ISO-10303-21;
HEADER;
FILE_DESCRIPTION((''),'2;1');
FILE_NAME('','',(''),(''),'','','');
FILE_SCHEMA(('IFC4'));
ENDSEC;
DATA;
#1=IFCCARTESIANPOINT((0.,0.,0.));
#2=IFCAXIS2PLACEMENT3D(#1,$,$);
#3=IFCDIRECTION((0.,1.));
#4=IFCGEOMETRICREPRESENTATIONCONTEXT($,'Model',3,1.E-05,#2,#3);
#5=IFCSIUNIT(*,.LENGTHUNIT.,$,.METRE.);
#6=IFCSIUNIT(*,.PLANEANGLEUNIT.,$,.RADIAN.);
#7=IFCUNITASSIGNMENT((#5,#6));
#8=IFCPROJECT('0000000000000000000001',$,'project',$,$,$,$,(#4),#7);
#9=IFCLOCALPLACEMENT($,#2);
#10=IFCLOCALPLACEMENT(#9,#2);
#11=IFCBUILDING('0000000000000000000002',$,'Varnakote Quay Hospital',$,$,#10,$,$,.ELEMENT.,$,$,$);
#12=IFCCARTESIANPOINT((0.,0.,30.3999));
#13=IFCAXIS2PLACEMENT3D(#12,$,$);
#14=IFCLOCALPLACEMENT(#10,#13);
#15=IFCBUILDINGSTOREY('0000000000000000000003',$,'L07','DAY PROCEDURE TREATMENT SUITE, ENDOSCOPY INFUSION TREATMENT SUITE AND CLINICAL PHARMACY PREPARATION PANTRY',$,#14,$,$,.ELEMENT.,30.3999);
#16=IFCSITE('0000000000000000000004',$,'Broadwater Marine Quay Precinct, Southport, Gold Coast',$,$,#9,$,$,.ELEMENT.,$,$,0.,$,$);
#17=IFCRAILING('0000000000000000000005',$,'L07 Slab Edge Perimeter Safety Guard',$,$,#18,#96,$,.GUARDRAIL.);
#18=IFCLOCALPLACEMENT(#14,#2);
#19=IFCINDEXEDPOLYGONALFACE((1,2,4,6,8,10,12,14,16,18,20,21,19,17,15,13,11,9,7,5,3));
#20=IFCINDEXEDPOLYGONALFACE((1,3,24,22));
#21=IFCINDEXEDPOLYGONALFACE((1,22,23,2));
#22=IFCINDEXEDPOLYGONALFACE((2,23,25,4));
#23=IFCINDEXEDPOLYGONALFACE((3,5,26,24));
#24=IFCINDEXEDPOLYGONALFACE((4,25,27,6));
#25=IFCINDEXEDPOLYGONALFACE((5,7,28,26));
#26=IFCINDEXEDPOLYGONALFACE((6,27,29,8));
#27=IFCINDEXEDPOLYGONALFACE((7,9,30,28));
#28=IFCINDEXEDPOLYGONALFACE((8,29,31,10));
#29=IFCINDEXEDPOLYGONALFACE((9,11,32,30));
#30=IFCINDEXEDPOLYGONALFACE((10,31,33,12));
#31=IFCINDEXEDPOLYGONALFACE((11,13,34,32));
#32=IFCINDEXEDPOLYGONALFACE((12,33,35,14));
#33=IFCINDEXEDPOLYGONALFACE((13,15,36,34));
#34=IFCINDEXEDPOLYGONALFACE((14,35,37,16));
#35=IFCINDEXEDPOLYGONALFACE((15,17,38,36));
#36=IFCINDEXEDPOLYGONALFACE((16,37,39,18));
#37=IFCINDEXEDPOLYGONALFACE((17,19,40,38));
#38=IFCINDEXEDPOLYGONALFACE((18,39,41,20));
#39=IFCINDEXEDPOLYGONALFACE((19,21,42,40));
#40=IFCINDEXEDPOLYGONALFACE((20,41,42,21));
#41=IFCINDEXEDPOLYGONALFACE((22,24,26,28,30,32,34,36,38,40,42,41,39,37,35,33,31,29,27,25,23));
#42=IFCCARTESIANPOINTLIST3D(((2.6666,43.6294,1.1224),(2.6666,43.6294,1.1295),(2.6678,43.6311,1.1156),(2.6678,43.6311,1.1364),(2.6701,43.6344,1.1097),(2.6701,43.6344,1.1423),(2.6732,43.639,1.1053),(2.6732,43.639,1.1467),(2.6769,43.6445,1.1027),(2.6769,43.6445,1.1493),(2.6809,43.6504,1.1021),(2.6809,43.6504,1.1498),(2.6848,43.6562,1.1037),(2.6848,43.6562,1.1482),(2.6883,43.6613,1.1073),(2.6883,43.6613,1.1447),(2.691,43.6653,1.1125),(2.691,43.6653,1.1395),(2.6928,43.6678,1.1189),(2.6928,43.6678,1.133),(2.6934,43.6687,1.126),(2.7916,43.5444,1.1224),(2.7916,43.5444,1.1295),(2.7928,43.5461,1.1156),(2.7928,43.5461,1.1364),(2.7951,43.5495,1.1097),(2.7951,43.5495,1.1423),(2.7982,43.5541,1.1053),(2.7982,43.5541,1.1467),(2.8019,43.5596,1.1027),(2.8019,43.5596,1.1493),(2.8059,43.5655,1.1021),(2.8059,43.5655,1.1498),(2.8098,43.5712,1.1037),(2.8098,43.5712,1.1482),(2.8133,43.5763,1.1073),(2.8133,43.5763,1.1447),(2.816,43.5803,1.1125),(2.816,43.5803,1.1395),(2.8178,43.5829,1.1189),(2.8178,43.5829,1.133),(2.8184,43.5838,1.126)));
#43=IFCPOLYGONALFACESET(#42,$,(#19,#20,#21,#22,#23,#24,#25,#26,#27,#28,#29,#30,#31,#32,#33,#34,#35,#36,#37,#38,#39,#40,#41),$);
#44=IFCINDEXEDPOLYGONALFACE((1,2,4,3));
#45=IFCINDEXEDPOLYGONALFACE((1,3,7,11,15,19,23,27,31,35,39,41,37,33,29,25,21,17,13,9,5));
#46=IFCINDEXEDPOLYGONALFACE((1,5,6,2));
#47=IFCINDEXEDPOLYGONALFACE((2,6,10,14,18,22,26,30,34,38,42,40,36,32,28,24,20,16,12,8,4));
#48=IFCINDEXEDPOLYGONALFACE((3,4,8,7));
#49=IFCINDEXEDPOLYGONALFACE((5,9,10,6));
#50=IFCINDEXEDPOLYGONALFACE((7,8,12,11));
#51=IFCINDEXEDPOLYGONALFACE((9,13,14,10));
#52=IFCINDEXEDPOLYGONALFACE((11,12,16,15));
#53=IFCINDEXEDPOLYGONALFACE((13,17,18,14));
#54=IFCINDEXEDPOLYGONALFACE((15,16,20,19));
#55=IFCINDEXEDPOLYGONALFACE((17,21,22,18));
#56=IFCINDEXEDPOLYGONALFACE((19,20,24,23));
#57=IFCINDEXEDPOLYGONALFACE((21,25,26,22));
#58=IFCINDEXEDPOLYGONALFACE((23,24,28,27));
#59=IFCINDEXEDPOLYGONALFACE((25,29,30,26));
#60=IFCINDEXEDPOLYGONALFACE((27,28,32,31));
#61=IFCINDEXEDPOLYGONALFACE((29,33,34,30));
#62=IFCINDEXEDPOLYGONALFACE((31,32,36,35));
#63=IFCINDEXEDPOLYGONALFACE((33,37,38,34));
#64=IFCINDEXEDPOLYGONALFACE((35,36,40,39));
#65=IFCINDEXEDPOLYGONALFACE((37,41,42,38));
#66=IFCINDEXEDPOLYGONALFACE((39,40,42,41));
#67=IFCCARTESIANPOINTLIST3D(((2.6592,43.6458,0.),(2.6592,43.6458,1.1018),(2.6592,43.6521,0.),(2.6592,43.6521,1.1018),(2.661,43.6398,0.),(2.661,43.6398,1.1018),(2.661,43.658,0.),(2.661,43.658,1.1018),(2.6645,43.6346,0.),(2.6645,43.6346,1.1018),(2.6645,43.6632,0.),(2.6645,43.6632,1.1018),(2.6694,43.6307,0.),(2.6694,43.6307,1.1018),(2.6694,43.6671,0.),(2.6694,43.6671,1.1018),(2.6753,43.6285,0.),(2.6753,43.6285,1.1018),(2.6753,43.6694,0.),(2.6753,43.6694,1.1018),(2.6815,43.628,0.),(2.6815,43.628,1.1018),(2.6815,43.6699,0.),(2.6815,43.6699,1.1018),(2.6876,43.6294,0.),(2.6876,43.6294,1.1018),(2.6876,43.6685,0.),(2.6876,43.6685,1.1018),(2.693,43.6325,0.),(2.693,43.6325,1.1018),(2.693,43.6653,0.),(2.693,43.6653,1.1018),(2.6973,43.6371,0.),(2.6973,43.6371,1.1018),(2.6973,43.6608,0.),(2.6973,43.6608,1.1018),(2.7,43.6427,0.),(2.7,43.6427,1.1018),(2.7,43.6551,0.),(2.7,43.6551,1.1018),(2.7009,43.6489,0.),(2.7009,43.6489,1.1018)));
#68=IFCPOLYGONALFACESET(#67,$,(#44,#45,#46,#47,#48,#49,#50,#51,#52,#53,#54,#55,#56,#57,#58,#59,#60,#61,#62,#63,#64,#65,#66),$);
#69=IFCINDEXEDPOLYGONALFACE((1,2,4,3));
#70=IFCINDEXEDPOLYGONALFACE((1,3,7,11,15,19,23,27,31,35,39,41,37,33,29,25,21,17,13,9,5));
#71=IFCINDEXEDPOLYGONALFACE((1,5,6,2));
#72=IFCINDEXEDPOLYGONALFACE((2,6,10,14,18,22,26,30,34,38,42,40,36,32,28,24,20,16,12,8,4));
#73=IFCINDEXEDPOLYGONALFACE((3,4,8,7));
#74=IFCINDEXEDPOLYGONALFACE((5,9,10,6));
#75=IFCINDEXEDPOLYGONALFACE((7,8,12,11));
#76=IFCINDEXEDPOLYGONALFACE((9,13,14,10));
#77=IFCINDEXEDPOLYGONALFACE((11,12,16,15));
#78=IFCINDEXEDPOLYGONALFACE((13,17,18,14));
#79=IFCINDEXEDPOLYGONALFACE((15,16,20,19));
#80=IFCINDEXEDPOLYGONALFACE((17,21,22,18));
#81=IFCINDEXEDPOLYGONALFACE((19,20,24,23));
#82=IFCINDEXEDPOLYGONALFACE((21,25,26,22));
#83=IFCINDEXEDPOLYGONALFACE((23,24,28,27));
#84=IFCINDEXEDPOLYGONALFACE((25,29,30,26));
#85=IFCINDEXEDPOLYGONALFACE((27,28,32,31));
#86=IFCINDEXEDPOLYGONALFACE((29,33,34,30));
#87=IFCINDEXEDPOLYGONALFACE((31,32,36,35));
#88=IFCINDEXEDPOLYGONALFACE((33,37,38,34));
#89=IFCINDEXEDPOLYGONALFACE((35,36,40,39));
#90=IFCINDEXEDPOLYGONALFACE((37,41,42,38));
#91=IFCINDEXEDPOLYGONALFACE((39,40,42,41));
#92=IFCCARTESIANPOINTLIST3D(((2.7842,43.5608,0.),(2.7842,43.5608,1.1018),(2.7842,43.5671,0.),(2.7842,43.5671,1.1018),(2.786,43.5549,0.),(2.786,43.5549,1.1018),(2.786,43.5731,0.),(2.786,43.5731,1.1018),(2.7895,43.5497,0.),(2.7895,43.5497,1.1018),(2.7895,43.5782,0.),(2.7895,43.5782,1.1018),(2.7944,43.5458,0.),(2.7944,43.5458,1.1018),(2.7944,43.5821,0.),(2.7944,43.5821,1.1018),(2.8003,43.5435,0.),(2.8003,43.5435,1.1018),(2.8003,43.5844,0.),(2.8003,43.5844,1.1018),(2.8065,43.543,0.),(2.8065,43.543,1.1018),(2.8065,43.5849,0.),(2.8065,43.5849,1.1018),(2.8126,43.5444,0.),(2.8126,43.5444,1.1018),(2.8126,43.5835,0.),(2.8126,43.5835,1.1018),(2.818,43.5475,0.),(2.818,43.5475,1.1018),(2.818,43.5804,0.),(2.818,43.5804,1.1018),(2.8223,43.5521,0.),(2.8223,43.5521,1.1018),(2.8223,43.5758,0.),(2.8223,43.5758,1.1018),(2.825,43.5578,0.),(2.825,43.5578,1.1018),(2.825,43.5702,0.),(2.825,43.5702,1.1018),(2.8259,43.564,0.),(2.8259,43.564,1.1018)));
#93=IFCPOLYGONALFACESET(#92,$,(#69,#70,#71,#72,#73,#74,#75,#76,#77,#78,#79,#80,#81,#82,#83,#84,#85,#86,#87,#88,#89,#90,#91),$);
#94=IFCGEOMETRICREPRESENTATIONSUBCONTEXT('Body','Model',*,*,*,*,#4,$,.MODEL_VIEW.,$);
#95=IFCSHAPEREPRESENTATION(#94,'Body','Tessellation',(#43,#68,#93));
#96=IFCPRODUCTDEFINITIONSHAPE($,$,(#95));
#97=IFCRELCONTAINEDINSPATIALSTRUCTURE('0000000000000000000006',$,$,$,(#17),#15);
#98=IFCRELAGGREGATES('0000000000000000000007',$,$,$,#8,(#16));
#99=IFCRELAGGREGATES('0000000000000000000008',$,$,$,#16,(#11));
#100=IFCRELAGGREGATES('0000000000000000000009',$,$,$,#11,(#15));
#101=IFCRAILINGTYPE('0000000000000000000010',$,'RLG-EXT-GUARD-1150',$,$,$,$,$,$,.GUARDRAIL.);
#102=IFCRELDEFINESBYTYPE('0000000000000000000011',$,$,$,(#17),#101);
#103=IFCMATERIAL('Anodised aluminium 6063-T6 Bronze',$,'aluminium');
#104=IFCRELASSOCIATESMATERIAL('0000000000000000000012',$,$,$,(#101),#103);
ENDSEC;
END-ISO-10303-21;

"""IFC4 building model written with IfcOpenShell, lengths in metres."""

from ifc_helpers import new_model, si_unit, direction, frame, origin, origin_2d, place, context, subcontext, project, spatial, circle, extrude, material, type_object, element, save


model = new_model("IFC4")

# Units and contexts
model_context = context("Model", 3, precision=1e-05, world=origin(), true_north=direction((0.0, 1.0)))
body_context = subcontext(model_context, "Body", "Model", "MODEL_VIEW")
ifc_project = project(units=[si_unit("LENGTHUNIT", "METRE"), si_unit("PLANEANGLEUNIT", "RADIAN")], contexts=[model_context])

# Site, building, storey
site_placement = place(None, origin())
site = spatial("IfcSite", under=ifc_project, at=site_placement, Name="Broadwater Marine Quay Precinct, Southport, Gold Coast", CompositionType="ELEMENT", RefElevation=0.0)
building_placement = place(site_placement, origin())
building = spatial("IfcBuilding", under=site, at=building_placement, Name="Varnakote Quay Hospital", CompositionType="ELEMENT")
storey_placement = place(building_placement, frame((0.0, 0.0, 30.3999)))
storey = spatial("IfcBuildingStorey", under=building, at=storey_placement, Name="L07", Description="DAY PROCEDURE TREATMENT SUITE, ENDOSCOPY INFUSION TREATMENT SUITE AND CLINICAL PHARMACY PREPARATION PANTRY", CompositionType="ELEMENT", Elevation=30.3999)

# Railing
ifc_material_1 = material(Name="Anodised aluminium 6063-T6 Bronze", Category="aluminium")
railing_type = type_object("IfcRailingType", Name="RLG-EXT-GUARD-1150", PredefinedType="GUARDRAIL", material=ifc_material_1)
railing_1_placement = place(storey_placement, frame((2.6799, 43.6489, 0.0)))
element("IfcRailing", 1, at=railing_1_placement, inside=storey, type_object=railing_type, Name="L07 Slab Edge Perimeter Safety Guard", PredefinedType="GUARDRAIL", context=body_context, shape_type="SweptSolid", body=[
    extrude(circle(Radius=0.0239, at=origin_2d()), frame((0.0, 0.0, 1.126), z_axis=(0.827047, -0.562133, 0.0), x_axis=(0.562133, 0.827047, 0.0)), (0.0, 0.0, 1.0), 0.1511),
    extrude(circle(Radius=0.021, at=origin_2d()), origin(), (0.0, 0.0, 1.0), 1.1018),
    extrude(circle(Radius=0.021, at=origin_2d()), frame((0.125, -0.085, 0.0)), (0.0, 0.0, 1.0), 1.1018),
])

save(model, "model.ifc")
